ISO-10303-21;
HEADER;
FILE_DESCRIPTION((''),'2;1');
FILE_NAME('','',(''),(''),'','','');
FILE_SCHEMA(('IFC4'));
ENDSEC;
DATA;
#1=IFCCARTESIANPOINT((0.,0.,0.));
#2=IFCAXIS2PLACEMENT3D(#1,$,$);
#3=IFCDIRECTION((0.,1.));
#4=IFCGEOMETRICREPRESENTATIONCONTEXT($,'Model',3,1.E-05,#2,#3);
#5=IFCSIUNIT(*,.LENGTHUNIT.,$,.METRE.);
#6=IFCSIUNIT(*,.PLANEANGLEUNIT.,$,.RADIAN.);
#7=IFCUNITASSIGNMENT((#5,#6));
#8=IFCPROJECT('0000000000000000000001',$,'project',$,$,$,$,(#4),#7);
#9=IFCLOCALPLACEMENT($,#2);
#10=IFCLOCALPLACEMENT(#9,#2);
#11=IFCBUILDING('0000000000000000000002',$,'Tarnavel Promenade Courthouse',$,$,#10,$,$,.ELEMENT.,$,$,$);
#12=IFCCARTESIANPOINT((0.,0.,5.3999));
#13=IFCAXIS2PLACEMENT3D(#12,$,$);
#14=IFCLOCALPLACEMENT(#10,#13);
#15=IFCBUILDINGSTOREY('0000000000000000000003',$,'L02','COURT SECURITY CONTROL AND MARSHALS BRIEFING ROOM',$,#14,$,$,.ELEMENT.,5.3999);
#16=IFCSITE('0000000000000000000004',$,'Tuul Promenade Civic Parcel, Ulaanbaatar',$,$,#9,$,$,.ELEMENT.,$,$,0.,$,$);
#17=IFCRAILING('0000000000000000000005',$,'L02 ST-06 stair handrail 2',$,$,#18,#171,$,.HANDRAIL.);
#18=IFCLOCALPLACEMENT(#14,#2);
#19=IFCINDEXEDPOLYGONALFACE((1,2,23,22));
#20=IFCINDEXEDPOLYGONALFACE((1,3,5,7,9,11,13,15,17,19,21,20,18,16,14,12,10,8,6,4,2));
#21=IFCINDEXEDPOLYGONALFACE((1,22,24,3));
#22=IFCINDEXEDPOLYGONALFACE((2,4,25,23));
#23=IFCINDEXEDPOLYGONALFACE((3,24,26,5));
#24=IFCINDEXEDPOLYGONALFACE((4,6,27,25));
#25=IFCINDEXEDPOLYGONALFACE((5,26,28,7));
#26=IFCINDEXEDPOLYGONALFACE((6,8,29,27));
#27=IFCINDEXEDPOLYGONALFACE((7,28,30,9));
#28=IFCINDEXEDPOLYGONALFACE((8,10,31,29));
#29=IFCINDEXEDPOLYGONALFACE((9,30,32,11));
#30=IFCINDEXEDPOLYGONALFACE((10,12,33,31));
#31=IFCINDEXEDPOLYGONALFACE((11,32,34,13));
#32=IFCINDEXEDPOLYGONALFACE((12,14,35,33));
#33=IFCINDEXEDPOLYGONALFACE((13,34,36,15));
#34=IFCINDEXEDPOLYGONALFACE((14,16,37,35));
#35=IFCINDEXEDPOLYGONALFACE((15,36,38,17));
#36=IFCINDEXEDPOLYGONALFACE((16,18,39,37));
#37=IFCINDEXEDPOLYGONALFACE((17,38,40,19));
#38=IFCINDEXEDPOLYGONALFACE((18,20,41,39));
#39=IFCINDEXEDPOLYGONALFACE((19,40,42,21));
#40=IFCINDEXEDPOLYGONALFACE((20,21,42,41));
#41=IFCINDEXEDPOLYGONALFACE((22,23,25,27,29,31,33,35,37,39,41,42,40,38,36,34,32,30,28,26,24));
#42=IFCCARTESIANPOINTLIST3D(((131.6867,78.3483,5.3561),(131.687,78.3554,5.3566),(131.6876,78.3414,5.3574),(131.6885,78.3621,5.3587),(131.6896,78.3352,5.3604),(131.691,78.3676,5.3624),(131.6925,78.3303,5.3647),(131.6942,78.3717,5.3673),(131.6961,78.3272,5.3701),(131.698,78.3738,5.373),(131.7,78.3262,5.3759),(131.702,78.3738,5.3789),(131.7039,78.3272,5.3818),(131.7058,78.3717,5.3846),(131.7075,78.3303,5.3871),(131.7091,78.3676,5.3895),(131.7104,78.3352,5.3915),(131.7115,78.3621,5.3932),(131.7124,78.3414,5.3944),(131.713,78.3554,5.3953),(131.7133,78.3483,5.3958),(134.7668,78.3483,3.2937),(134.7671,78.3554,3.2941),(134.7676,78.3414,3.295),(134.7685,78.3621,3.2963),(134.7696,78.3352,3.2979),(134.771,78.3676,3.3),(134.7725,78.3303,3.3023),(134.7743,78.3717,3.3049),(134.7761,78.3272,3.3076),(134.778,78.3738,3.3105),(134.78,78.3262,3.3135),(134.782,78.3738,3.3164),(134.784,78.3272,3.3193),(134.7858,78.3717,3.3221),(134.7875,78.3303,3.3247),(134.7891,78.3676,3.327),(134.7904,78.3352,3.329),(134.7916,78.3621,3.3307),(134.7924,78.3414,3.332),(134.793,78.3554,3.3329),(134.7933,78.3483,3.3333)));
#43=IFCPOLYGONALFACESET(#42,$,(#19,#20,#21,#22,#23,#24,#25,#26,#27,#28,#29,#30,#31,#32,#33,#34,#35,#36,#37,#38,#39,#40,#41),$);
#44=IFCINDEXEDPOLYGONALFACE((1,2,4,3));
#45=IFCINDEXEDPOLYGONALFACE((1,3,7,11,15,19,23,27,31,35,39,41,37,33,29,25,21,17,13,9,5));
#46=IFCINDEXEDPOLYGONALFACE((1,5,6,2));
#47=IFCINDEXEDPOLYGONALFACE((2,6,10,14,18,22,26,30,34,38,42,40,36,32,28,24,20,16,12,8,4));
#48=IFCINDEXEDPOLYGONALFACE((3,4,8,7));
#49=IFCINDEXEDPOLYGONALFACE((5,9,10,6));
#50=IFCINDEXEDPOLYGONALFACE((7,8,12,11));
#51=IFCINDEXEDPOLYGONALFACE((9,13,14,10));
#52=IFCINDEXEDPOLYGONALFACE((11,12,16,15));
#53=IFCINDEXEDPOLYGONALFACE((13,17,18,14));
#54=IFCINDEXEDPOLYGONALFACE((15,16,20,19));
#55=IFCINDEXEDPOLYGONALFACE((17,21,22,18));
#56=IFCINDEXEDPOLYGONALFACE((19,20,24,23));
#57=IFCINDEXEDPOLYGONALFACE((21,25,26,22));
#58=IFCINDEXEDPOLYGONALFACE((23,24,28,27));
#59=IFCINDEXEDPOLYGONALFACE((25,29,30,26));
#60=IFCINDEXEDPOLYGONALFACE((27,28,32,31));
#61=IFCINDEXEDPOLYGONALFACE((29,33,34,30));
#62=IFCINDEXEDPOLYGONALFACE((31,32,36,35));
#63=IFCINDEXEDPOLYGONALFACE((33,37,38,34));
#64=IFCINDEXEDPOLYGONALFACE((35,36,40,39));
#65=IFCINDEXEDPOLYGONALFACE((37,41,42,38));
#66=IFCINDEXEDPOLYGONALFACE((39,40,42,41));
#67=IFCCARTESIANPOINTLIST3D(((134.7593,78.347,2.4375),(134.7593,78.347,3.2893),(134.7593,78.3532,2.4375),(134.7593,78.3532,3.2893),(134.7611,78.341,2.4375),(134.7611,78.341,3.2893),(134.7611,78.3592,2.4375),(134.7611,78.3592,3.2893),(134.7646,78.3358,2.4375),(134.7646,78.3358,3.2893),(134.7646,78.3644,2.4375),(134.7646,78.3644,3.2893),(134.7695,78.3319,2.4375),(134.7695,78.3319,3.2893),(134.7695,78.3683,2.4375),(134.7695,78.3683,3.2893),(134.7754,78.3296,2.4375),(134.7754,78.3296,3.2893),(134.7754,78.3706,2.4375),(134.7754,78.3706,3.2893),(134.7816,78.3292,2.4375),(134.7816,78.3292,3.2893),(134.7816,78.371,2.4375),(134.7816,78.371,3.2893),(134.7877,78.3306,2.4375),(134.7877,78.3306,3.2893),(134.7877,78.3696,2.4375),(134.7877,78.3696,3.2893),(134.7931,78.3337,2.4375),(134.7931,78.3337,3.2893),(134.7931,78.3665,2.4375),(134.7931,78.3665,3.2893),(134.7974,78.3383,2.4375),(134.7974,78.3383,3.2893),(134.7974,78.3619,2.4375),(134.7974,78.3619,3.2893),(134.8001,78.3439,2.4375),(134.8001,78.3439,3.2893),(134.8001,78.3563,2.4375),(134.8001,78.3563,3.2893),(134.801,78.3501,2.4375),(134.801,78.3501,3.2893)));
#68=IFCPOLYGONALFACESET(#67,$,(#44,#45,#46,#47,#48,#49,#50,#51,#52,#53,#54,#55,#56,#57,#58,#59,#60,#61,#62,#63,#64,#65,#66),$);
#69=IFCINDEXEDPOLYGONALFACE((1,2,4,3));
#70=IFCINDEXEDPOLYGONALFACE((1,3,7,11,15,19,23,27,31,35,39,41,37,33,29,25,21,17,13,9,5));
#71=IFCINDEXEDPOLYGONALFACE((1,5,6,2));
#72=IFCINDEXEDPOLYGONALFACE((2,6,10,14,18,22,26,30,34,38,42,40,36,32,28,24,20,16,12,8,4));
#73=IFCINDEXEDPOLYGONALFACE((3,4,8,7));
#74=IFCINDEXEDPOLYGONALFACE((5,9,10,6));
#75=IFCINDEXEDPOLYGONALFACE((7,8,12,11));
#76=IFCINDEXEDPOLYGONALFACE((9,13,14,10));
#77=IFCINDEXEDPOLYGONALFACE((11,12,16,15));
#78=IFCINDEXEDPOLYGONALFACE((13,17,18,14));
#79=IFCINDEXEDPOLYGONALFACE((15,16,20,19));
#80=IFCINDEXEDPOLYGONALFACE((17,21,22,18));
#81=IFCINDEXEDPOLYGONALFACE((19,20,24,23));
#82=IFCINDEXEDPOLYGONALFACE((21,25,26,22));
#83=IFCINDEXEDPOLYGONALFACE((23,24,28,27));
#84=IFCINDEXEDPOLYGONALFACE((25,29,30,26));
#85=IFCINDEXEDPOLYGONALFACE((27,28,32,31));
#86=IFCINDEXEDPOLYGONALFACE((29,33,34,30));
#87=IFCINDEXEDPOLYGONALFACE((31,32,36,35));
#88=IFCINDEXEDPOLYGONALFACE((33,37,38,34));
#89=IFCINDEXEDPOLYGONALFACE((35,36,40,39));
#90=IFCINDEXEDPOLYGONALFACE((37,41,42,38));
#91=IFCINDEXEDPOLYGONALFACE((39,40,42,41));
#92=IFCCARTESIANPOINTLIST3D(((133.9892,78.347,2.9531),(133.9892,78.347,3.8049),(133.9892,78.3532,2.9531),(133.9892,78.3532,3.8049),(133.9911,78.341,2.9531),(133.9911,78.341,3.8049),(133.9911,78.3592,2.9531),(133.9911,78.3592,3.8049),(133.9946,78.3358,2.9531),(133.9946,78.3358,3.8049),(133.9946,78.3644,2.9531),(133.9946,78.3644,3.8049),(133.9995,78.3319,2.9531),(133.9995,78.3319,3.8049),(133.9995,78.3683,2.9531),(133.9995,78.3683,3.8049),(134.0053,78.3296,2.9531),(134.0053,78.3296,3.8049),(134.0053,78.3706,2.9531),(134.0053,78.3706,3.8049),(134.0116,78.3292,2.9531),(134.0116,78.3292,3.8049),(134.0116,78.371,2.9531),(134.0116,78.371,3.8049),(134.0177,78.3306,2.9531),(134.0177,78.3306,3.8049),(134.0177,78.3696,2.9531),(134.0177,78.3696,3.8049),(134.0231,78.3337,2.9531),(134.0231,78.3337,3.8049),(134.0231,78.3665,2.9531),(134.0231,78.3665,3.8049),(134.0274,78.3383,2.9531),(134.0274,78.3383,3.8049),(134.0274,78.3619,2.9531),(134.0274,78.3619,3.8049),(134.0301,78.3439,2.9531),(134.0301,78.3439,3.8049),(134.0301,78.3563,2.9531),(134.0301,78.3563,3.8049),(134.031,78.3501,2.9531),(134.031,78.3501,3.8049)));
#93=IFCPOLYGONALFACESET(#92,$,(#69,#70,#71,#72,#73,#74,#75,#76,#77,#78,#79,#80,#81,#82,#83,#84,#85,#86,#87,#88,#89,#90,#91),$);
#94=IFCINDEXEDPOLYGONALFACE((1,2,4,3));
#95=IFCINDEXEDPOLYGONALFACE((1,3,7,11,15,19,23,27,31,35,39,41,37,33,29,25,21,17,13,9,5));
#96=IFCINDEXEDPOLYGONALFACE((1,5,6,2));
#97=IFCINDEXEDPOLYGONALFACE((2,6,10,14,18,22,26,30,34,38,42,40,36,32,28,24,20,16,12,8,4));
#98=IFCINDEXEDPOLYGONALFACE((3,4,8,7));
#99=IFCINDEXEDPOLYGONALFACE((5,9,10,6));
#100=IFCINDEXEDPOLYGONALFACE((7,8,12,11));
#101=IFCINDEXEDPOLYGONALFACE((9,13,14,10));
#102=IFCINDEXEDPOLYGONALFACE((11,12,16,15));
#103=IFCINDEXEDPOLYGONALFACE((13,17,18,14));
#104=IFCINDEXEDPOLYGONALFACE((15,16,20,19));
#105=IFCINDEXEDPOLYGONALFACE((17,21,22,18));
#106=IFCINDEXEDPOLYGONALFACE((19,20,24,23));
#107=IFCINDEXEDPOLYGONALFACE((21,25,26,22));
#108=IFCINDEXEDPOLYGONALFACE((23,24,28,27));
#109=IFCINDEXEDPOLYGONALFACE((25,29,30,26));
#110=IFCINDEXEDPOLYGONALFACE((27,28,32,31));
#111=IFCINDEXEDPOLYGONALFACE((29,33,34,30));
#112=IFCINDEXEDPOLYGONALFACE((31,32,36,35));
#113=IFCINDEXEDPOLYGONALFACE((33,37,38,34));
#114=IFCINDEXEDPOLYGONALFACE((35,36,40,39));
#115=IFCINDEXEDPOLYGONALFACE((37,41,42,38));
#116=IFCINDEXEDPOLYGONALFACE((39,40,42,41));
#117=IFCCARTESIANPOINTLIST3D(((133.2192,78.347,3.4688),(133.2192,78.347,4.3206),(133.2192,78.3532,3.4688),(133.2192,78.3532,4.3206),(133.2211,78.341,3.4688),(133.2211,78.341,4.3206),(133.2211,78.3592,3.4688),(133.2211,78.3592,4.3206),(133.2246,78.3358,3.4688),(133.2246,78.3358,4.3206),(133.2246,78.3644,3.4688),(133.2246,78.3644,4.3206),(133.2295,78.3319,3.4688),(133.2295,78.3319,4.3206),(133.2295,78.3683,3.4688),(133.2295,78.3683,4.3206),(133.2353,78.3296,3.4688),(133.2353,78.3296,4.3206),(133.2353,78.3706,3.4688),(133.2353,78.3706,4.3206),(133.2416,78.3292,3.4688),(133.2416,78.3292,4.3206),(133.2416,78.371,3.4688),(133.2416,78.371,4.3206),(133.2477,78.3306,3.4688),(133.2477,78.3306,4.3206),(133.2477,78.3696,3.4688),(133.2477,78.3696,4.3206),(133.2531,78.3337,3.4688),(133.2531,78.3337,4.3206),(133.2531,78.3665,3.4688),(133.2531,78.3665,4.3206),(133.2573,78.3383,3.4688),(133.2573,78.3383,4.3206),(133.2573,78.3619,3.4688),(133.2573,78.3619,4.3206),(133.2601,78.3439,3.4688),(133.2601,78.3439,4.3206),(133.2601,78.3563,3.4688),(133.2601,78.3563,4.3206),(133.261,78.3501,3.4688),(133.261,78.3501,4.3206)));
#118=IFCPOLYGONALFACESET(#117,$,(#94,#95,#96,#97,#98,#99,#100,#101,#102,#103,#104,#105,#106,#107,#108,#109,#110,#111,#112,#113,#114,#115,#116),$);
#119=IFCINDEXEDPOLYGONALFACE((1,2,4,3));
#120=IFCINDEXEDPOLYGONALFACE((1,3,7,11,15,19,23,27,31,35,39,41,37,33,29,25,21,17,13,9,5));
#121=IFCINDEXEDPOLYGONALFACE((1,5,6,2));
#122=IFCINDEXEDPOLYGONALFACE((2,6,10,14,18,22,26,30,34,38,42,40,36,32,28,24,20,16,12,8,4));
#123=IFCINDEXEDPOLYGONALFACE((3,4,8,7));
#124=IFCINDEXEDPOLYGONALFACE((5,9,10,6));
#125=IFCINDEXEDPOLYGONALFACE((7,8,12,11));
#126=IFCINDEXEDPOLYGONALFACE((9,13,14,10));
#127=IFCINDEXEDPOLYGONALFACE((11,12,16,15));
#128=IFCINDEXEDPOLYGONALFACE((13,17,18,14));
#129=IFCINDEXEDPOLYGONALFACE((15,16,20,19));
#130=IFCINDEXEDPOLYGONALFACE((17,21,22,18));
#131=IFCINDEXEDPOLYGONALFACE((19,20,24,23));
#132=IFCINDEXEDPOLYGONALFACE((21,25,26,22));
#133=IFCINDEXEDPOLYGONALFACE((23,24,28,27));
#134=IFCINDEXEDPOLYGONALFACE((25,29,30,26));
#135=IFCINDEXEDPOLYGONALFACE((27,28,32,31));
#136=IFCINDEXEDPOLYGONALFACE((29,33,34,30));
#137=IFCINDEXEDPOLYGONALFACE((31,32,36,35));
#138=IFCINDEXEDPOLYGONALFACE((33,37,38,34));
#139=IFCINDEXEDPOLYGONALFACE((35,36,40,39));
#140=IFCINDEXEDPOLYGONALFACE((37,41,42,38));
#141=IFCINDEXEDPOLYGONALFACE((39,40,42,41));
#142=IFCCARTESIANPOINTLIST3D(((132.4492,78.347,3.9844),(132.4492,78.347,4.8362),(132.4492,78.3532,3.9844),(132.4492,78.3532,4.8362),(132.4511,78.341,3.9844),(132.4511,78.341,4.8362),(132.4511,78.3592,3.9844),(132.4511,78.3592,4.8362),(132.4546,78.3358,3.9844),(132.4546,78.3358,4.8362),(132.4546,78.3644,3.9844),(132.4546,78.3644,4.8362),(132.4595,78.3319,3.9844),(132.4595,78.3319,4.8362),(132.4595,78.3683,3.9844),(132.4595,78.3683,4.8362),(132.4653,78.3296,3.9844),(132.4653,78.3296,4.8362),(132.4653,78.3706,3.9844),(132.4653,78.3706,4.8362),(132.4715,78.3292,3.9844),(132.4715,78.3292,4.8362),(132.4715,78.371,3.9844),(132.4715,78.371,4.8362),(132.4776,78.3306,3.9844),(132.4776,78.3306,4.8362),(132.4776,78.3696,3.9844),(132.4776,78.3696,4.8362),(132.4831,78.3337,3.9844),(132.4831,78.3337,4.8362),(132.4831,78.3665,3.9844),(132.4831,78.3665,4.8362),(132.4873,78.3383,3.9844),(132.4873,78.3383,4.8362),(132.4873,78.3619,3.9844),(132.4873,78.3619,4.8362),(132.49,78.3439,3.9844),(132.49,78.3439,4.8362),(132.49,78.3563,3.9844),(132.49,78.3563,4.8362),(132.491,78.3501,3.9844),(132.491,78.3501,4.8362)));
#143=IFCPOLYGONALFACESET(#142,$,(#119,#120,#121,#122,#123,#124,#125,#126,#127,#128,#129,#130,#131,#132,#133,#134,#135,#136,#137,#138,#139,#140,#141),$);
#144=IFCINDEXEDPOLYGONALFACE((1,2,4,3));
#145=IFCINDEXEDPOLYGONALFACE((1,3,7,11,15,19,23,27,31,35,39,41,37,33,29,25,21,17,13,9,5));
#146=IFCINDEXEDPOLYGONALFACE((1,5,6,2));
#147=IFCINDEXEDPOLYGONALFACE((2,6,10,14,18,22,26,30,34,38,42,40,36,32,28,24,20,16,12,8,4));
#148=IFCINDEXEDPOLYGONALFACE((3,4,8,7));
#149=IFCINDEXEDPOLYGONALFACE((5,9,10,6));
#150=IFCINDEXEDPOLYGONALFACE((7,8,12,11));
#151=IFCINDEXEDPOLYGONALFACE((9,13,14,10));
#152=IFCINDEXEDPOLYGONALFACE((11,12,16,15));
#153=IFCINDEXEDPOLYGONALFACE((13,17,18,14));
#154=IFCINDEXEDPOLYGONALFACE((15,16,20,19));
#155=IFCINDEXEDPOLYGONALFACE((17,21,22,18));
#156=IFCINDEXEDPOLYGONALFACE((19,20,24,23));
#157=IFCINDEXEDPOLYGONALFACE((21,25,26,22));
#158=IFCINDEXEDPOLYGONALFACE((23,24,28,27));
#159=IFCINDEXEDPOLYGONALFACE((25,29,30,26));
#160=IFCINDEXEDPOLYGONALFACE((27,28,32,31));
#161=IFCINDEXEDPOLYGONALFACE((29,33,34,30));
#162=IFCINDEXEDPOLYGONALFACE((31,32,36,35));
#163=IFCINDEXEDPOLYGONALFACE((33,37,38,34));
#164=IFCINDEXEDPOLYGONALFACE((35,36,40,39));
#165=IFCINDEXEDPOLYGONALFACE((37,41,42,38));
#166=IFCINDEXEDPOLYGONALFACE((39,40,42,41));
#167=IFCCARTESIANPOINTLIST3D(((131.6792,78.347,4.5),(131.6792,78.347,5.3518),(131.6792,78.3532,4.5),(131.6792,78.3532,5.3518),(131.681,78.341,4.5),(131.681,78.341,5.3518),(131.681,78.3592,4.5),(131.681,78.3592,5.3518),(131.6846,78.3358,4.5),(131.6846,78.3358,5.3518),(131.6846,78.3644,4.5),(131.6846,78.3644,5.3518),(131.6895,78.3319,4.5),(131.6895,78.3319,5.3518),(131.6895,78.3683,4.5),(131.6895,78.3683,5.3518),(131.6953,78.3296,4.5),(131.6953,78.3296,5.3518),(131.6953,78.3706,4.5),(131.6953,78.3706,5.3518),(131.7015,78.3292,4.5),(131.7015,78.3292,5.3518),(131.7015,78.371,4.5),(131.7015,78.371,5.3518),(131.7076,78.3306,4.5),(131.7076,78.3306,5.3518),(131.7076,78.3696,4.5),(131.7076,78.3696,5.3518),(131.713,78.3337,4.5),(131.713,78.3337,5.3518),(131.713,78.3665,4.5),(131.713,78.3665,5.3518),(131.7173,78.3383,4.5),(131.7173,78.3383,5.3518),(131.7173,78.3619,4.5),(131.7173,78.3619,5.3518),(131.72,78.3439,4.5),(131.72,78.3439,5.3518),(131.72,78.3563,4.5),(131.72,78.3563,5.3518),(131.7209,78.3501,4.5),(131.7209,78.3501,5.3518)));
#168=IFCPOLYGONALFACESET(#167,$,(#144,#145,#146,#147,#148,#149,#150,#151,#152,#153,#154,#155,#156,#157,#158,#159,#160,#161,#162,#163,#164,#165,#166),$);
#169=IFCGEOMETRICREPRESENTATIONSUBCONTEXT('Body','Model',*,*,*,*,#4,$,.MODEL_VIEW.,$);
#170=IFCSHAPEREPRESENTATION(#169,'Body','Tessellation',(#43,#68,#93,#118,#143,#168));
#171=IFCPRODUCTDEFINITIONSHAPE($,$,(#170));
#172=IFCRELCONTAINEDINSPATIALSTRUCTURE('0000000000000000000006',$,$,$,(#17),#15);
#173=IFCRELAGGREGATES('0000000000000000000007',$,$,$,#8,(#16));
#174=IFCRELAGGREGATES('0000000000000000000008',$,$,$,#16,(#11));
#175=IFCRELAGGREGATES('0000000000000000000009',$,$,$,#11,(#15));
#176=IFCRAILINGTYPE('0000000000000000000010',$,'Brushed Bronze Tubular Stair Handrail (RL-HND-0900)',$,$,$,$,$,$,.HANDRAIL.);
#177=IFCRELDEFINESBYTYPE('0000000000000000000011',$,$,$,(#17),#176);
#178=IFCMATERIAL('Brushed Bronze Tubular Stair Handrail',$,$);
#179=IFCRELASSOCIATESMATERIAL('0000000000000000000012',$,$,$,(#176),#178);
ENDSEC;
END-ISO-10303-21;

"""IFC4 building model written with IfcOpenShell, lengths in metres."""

from ifc_helpers import new_model, si_unit, direction, frame, origin, origin_2d, place, context, subcontext, project, spatial, circle, extrude, material, type_object, element, save


model = new_model("IFC4")

# Units and contexts
model_context = context("Model", 3, precision=1e-05, world=origin(), true_north=direction((0.0, 1.0)))
body_context = subcontext(model_context, "Body", "Model", "MODEL_VIEW")
ifc_project = project(units=[si_unit("LENGTHUNIT", "METRE"), si_unit("PLANEANGLEUNIT", "RADIAN")], contexts=[model_context])

# Site, building, storey
site_placement = place(None, origin())
site = spatial("IfcSite", under=ifc_project, at=site_placement, Name="Tuul Promenade Civic Parcel, Ulaanbaatar", CompositionType="ELEMENT", RefElevation=0.0)
building_placement = place(site_placement, origin())
building = spatial("IfcBuilding", under=site, at=building_placement, Name="Tarnavel Promenade Courthouse", CompositionType="ELEMENT")
storey_placement = place(building_placement, frame((0.0, 0.0, 5.3999)))
storey = spatial("IfcBuildingStorey", under=building, at=storey_placement, Name="L02", Description="COURT SECURITY CONTROL AND MARSHALS BRIEFING ROOM", CompositionType="ELEMENT", Elevation=5.3999)

# Railing
ifc_material_1 = material(Name="Brushed Bronze Tubular Stair Handrail")
railing_type_1 = type_object("IfcRailingType", Name="Brushed Bronze Tubular Stair Handrail (RL-HND-0900)", PredefinedType="HANDRAIL", material=ifc_material_1)
railing_1_placement = place(storey_placement, frame((134.78, 78.3501, 2.4375)))
element("IfcRailing", 1, at=railing_1_placement, inside=storey, type_object=railing_type_1, Name="L02 ST-06 stair handrail 2", PredefinedType="HANDRAIL", context=body_context, shape_type="SweptSolid", body=[
    extrude(circle(Radius=0.0239, at=origin_2d()), frame((0.0, 0.0, 0.876), z_axis=(-0.830914, 0.0, 0.556401), x_axis=(0.0, -1.0, 0.0)), (0.0, 0.0, 1.0), 3.7068),
    extrude(circle(Radius=0.021, at=origin_2d()), origin(), (0.0, 0.0, 1.0), 0.8518),
    extrude(circle(Radius=0.021, at=origin_2d()), frame((-0.77, 0.0, 0.5156)), (0.0, 0.0, 1.0), 0.8518),
    extrude(circle(Radius=0.021, at=origin_2d()), frame((-1.54, 0.0, 1.0312)), (0.0, 0.0, 1.0), 0.8518),
    extrude(circle(Radius=0.021, at=origin_2d()), frame((-2.3101, 0.0, 1.5469)), (0.0, 0.0, 1.0), 0.8518),
    extrude(circle(Radius=0.021, at=origin_2d()), frame((-3.0801, 0.0, 2.0625)), (0.0, 0.0, 1.0), 0.8518),
])

save(model, "model.ifc")
